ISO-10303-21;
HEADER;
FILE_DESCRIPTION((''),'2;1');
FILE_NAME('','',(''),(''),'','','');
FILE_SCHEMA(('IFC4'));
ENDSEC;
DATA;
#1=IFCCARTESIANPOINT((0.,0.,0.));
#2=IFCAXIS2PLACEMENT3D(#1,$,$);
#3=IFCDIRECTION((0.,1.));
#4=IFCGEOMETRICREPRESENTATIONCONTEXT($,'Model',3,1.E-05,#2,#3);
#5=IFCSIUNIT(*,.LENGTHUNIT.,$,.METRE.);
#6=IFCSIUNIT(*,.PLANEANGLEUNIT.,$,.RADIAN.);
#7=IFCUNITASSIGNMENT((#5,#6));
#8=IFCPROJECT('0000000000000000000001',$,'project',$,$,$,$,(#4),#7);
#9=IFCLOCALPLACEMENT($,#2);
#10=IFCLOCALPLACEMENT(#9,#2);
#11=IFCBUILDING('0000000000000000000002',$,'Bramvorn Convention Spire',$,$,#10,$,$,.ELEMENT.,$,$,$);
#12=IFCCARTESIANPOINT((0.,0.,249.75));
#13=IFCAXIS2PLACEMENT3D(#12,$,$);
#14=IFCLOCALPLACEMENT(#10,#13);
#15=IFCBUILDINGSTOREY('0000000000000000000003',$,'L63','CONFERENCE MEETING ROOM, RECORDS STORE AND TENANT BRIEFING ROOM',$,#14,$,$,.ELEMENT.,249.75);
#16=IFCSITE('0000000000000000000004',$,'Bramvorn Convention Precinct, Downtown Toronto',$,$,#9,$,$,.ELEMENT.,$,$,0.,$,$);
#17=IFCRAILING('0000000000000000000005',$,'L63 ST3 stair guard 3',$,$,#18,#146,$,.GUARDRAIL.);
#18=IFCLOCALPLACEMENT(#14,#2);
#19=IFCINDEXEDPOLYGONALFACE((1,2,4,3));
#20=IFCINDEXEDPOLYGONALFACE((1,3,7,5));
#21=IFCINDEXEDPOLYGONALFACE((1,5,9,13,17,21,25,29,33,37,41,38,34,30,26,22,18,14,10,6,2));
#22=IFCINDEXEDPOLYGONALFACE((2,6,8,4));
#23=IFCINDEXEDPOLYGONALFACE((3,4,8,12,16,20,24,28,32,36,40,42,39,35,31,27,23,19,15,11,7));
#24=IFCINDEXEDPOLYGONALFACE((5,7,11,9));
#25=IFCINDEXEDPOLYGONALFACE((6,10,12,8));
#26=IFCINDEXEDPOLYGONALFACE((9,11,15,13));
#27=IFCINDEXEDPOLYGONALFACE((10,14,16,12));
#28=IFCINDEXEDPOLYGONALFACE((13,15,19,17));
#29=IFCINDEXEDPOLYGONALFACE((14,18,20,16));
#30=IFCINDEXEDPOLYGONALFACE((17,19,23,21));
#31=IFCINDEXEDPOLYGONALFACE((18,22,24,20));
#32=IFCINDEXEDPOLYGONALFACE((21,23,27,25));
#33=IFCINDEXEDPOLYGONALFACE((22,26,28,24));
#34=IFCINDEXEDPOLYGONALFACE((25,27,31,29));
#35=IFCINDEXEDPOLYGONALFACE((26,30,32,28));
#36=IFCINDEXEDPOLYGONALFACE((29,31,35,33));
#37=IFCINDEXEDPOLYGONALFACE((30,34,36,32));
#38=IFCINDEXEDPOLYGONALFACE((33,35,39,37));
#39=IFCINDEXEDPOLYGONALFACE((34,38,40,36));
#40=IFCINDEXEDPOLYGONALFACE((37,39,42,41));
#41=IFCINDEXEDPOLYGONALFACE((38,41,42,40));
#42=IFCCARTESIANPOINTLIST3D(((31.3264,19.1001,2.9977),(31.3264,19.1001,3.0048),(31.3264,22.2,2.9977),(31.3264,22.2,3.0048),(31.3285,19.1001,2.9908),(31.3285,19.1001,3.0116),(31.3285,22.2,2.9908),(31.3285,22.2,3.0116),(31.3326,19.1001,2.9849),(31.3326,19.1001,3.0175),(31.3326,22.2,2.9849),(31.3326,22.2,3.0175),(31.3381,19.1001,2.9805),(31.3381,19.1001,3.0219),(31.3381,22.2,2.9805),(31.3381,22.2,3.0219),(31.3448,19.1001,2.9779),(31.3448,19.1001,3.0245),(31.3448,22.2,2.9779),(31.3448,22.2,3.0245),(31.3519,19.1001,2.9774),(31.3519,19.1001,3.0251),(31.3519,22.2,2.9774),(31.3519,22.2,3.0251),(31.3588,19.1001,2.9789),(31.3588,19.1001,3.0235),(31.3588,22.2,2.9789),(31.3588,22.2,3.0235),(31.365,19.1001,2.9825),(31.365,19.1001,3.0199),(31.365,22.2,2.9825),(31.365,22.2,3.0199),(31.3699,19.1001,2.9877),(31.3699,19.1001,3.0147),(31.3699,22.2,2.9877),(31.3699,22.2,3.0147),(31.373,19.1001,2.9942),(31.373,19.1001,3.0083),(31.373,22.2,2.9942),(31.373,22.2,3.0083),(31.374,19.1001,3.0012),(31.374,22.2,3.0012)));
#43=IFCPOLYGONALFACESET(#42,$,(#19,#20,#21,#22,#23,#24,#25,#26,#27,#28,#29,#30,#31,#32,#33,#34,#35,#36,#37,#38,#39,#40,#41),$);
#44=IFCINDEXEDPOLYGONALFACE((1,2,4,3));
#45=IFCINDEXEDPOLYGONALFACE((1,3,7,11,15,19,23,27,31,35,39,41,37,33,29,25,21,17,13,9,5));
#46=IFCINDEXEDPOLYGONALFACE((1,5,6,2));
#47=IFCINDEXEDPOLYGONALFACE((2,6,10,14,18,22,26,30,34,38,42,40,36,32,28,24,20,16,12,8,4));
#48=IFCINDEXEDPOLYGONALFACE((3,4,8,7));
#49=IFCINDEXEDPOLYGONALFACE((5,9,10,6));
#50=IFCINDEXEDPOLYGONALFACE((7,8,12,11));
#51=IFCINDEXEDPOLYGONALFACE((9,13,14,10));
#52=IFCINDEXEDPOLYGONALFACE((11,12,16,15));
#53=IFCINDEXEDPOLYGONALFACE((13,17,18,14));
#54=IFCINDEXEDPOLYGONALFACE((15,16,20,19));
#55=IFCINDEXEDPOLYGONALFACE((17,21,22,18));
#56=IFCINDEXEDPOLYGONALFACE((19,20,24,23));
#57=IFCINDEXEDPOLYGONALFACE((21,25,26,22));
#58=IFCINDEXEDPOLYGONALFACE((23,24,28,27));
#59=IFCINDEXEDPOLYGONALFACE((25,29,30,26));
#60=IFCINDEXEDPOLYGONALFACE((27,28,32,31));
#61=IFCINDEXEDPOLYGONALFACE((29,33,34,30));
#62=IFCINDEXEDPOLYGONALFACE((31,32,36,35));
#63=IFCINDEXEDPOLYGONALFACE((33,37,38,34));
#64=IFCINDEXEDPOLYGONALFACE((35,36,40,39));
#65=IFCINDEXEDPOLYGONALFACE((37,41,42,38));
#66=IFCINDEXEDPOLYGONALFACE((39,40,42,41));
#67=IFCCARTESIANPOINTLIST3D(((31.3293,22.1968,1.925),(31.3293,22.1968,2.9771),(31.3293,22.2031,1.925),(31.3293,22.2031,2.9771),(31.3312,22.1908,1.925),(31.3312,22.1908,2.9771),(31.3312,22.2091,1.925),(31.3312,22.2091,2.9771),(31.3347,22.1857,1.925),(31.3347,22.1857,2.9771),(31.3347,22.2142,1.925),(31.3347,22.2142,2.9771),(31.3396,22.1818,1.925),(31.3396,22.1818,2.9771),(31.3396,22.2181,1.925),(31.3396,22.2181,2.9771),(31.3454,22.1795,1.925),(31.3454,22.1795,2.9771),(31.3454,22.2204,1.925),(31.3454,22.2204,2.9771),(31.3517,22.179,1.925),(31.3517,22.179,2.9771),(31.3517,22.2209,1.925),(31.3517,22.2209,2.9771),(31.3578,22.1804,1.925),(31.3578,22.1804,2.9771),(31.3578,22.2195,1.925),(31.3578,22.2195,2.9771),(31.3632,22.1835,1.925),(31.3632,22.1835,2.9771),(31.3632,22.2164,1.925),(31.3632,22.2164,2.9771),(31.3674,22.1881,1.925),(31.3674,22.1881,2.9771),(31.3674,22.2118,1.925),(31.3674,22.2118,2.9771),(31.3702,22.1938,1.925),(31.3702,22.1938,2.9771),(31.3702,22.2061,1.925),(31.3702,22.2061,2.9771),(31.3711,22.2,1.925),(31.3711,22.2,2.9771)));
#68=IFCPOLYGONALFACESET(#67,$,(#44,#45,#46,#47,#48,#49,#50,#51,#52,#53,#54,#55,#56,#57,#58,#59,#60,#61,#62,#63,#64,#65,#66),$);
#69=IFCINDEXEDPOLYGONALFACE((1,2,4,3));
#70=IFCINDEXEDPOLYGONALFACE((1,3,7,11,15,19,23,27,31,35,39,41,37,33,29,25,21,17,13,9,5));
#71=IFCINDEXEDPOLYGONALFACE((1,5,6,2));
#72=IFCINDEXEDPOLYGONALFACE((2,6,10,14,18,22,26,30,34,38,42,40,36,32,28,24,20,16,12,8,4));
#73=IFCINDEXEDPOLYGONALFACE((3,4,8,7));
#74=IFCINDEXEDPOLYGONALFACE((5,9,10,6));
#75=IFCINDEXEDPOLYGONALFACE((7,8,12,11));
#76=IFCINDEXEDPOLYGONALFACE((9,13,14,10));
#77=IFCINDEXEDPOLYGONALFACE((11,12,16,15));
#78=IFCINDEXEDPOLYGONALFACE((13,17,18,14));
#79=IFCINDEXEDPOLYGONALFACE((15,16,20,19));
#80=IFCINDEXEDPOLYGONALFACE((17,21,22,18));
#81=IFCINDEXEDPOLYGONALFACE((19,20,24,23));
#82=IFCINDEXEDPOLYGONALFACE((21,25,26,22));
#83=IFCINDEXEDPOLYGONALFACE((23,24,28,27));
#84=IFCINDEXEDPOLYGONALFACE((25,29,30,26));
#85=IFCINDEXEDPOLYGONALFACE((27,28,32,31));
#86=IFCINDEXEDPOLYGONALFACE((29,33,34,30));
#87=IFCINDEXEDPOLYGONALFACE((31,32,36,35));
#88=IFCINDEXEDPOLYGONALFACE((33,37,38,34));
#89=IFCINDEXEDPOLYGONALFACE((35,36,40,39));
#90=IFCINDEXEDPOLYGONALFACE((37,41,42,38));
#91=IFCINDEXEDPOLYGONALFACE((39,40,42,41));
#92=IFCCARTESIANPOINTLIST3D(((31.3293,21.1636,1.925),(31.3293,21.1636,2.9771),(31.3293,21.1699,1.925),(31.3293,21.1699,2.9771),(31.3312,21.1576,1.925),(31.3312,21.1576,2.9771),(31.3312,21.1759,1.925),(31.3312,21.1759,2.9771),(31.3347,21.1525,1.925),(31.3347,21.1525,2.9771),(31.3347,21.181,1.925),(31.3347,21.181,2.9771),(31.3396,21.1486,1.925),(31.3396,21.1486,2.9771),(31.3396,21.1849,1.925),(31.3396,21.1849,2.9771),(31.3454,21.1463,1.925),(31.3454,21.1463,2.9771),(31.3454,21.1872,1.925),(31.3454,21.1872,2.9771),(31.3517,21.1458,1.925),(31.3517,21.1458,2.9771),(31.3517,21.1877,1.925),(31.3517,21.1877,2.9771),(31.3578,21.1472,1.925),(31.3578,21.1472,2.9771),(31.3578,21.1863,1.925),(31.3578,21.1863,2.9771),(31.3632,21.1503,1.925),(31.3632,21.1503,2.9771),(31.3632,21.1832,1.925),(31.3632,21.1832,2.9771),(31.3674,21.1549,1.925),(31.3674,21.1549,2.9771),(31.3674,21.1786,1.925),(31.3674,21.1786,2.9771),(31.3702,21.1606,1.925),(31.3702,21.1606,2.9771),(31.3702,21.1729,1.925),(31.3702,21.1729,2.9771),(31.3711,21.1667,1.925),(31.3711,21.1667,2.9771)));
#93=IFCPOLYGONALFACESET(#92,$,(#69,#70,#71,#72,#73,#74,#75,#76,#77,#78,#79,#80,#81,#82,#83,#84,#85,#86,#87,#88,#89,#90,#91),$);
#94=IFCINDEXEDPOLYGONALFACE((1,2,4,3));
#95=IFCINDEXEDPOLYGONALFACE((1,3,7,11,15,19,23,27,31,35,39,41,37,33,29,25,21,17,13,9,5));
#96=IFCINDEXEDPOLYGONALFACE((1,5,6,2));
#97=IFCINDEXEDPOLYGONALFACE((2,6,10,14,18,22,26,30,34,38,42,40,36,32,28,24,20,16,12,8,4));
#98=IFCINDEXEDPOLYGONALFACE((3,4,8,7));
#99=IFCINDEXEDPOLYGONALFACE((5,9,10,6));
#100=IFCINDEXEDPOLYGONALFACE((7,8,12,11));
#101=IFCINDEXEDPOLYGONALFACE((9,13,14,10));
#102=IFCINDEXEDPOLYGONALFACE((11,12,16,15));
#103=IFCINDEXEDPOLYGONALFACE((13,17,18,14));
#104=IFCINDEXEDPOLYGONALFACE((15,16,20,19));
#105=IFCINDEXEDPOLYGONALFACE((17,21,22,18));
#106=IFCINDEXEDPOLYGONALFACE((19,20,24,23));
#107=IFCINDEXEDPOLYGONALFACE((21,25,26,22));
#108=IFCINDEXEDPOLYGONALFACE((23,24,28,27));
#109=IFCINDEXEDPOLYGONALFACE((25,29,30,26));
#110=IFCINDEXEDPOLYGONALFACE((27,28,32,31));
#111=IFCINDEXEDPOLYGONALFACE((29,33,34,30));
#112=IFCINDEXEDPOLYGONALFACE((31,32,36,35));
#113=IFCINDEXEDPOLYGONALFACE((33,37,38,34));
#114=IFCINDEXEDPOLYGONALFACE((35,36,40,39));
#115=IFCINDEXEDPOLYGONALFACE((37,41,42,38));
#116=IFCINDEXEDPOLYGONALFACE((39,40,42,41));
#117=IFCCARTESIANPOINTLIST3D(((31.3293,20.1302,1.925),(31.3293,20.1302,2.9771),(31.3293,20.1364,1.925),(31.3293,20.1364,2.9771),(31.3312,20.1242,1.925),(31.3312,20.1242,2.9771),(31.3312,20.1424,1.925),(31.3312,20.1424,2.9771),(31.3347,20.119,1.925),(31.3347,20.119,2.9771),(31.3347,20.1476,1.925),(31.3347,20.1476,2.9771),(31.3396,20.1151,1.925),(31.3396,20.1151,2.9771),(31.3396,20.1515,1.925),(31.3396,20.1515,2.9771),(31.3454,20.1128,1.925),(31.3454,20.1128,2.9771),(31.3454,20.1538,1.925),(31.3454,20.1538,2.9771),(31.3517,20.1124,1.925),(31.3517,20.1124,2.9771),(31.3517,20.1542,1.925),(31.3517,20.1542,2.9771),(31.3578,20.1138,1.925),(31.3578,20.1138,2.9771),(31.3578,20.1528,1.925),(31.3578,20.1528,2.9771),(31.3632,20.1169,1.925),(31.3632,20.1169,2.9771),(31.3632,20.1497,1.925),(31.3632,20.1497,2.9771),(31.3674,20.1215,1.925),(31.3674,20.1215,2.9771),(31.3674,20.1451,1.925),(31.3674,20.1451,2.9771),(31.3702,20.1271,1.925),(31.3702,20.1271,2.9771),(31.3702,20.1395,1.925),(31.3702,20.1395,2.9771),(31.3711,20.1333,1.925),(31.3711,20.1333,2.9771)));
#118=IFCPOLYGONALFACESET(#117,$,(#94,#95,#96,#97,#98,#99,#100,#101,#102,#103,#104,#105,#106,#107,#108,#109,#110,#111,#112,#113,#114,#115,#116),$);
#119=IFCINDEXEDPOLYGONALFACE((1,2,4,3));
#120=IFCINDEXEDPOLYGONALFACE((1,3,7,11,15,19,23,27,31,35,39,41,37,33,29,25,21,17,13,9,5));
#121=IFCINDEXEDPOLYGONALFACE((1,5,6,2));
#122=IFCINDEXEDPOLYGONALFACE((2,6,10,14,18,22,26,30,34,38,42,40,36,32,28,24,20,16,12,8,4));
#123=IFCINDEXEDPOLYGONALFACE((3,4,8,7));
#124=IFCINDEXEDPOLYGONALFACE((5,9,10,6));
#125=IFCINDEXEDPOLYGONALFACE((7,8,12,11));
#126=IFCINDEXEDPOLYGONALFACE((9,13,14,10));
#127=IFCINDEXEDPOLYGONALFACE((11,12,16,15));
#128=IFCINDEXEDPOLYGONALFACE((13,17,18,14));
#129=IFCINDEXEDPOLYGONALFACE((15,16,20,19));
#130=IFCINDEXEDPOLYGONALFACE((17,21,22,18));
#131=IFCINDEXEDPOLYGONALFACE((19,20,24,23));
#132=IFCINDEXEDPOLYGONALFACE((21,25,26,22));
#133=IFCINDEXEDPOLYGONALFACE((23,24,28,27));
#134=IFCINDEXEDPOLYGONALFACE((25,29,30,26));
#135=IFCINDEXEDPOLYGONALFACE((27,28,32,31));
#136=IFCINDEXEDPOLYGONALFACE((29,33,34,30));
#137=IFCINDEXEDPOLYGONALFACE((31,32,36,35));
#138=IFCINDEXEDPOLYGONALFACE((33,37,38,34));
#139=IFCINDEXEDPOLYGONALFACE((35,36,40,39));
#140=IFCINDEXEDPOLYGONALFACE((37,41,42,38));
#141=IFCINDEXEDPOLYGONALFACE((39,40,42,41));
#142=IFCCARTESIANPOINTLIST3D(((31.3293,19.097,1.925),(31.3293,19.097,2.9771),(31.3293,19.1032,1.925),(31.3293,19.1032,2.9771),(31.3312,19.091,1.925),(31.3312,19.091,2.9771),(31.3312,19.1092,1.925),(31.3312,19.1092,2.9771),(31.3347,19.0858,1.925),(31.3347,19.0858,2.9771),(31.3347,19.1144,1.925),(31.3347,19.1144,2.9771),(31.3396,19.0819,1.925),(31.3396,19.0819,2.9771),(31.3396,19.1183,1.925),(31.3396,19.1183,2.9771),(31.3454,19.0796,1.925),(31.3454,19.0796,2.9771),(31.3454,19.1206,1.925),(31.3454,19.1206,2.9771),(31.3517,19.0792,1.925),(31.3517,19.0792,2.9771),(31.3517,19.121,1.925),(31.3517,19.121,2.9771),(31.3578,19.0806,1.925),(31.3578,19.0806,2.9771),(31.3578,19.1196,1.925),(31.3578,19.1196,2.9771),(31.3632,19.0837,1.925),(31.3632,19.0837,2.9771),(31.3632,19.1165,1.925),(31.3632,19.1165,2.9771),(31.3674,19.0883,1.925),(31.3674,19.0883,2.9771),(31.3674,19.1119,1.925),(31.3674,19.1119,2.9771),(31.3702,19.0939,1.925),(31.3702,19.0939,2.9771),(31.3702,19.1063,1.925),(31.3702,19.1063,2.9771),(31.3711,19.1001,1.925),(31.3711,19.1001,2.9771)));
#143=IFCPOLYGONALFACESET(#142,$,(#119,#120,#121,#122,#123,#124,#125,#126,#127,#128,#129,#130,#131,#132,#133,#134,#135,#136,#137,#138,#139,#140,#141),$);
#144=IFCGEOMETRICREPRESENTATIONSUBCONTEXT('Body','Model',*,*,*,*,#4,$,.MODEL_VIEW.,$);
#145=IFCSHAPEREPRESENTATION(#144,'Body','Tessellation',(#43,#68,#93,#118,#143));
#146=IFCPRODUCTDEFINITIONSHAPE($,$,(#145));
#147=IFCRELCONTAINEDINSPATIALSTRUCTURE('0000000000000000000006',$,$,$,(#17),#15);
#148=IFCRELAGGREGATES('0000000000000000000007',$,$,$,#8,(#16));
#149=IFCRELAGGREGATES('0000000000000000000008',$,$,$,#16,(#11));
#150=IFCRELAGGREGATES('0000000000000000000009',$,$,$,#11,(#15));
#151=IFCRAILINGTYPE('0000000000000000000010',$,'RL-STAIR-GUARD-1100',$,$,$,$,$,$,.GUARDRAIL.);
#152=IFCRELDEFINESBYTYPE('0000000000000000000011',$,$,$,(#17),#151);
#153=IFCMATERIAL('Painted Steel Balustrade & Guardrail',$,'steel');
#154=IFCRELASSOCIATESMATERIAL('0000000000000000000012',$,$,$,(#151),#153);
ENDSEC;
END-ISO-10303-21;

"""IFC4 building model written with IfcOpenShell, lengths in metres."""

from ifc_helpers import new_model, si_unit, direction, frame, origin, origin_2d, place, context, subcontext, project, spatial, circle, extrude, material, type_object, element, save


model = new_model("IFC4")

# Units and contexts
model_context = context("Model", 3, precision=1e-05, world=origin(), true_north=direction((0.0, 1.0)))
body_context = subcontext(model_context, "Body", "Model", "MODEL_VIEW")
ifc_project = project(units=[si_unit("LENGTHUNIT", "METRE"), si_unit("PLANEANGLEUNIT", "RADIAN")], contexts=[model_context])

# Site, building, storey
site_placement = place(None, origin())
site = spatial("IfcSite", under=ifc_project, at=site_placement, Name="Bramvorn Convention Precinct, Downtown Toronto", CompositionType="ELEMENT", RefElevation=0.0)
building_placement = place(site_placement, origin())
building = spatial("IfcBuilding", under=site, at=building_placement, Name="Bramvorn Convention Spire", CompositionType="ELEMENT")
storey_placement = place(building_placement, frame((0.0, 0.0, 249.75)))
storey = spatial("IfcBuildingStorey", under=building, at=storey_placement, Name="L63", Description="CONFERENCE MEETING ROOM, RECORDS STORE AND TENANT BRIEFING ROOM", CompositionType="ELEMENT", Elevation=249.75)

# Railing
ifc_material_1 = material(Name="Painted Steel Balustrade & Guardrail", Category="steel")
railing_type_1 = type_object("IfcRailingType", Name="RL-STAIR-GUARD-1100", PredefinedType="GUARDRAIL", material=ifc_material_1)
for number, where, name in (
    (1, (31.3501, 22.2, 1.925), "L63 ST3 stair guard 3"),
):
    element("IfcRailing", number, at=place(storey_placement, frame(where)), inside=storey, type_object=railing_type_1, Name=name, PredefinedType="GUARDRAIL", context=body_context, shape_type="SweptSolid", body=[
        extrude(circle(Radius=0.0239, at=origin_2d()), frame((0.0, 0.0, 1.0762), z_axis=(0.0, -1.0, 0.0), x_axis=(1.0, 0.0, 0.0)), (0.0, 0.0, 1.0), 3.0999),
        extrude(circle(Radius=0.021, at=origin_2d()), origin(), (0.0, 0.0, 1.0), 1.052),
        extrude(circle(Radius=0.021, at=origin_2d()), frame((0.0, -1.0332, 0.0)), (0.0, 0.0, 1.0), 1.052),
        extrude(circle(Radius=0.021, at=origin_2d()), frame((0.0, -2.0667, 0.0)), (0.0, 0.0, 1.0), 1.052),
        extrude(circle(Radius=0.021, at=origin_2d()), frame((0.0, -3.0999, 0.0)), (0.0, 0.0, 1.0), 1.052),
    ])

save(model, "model.ifc")
